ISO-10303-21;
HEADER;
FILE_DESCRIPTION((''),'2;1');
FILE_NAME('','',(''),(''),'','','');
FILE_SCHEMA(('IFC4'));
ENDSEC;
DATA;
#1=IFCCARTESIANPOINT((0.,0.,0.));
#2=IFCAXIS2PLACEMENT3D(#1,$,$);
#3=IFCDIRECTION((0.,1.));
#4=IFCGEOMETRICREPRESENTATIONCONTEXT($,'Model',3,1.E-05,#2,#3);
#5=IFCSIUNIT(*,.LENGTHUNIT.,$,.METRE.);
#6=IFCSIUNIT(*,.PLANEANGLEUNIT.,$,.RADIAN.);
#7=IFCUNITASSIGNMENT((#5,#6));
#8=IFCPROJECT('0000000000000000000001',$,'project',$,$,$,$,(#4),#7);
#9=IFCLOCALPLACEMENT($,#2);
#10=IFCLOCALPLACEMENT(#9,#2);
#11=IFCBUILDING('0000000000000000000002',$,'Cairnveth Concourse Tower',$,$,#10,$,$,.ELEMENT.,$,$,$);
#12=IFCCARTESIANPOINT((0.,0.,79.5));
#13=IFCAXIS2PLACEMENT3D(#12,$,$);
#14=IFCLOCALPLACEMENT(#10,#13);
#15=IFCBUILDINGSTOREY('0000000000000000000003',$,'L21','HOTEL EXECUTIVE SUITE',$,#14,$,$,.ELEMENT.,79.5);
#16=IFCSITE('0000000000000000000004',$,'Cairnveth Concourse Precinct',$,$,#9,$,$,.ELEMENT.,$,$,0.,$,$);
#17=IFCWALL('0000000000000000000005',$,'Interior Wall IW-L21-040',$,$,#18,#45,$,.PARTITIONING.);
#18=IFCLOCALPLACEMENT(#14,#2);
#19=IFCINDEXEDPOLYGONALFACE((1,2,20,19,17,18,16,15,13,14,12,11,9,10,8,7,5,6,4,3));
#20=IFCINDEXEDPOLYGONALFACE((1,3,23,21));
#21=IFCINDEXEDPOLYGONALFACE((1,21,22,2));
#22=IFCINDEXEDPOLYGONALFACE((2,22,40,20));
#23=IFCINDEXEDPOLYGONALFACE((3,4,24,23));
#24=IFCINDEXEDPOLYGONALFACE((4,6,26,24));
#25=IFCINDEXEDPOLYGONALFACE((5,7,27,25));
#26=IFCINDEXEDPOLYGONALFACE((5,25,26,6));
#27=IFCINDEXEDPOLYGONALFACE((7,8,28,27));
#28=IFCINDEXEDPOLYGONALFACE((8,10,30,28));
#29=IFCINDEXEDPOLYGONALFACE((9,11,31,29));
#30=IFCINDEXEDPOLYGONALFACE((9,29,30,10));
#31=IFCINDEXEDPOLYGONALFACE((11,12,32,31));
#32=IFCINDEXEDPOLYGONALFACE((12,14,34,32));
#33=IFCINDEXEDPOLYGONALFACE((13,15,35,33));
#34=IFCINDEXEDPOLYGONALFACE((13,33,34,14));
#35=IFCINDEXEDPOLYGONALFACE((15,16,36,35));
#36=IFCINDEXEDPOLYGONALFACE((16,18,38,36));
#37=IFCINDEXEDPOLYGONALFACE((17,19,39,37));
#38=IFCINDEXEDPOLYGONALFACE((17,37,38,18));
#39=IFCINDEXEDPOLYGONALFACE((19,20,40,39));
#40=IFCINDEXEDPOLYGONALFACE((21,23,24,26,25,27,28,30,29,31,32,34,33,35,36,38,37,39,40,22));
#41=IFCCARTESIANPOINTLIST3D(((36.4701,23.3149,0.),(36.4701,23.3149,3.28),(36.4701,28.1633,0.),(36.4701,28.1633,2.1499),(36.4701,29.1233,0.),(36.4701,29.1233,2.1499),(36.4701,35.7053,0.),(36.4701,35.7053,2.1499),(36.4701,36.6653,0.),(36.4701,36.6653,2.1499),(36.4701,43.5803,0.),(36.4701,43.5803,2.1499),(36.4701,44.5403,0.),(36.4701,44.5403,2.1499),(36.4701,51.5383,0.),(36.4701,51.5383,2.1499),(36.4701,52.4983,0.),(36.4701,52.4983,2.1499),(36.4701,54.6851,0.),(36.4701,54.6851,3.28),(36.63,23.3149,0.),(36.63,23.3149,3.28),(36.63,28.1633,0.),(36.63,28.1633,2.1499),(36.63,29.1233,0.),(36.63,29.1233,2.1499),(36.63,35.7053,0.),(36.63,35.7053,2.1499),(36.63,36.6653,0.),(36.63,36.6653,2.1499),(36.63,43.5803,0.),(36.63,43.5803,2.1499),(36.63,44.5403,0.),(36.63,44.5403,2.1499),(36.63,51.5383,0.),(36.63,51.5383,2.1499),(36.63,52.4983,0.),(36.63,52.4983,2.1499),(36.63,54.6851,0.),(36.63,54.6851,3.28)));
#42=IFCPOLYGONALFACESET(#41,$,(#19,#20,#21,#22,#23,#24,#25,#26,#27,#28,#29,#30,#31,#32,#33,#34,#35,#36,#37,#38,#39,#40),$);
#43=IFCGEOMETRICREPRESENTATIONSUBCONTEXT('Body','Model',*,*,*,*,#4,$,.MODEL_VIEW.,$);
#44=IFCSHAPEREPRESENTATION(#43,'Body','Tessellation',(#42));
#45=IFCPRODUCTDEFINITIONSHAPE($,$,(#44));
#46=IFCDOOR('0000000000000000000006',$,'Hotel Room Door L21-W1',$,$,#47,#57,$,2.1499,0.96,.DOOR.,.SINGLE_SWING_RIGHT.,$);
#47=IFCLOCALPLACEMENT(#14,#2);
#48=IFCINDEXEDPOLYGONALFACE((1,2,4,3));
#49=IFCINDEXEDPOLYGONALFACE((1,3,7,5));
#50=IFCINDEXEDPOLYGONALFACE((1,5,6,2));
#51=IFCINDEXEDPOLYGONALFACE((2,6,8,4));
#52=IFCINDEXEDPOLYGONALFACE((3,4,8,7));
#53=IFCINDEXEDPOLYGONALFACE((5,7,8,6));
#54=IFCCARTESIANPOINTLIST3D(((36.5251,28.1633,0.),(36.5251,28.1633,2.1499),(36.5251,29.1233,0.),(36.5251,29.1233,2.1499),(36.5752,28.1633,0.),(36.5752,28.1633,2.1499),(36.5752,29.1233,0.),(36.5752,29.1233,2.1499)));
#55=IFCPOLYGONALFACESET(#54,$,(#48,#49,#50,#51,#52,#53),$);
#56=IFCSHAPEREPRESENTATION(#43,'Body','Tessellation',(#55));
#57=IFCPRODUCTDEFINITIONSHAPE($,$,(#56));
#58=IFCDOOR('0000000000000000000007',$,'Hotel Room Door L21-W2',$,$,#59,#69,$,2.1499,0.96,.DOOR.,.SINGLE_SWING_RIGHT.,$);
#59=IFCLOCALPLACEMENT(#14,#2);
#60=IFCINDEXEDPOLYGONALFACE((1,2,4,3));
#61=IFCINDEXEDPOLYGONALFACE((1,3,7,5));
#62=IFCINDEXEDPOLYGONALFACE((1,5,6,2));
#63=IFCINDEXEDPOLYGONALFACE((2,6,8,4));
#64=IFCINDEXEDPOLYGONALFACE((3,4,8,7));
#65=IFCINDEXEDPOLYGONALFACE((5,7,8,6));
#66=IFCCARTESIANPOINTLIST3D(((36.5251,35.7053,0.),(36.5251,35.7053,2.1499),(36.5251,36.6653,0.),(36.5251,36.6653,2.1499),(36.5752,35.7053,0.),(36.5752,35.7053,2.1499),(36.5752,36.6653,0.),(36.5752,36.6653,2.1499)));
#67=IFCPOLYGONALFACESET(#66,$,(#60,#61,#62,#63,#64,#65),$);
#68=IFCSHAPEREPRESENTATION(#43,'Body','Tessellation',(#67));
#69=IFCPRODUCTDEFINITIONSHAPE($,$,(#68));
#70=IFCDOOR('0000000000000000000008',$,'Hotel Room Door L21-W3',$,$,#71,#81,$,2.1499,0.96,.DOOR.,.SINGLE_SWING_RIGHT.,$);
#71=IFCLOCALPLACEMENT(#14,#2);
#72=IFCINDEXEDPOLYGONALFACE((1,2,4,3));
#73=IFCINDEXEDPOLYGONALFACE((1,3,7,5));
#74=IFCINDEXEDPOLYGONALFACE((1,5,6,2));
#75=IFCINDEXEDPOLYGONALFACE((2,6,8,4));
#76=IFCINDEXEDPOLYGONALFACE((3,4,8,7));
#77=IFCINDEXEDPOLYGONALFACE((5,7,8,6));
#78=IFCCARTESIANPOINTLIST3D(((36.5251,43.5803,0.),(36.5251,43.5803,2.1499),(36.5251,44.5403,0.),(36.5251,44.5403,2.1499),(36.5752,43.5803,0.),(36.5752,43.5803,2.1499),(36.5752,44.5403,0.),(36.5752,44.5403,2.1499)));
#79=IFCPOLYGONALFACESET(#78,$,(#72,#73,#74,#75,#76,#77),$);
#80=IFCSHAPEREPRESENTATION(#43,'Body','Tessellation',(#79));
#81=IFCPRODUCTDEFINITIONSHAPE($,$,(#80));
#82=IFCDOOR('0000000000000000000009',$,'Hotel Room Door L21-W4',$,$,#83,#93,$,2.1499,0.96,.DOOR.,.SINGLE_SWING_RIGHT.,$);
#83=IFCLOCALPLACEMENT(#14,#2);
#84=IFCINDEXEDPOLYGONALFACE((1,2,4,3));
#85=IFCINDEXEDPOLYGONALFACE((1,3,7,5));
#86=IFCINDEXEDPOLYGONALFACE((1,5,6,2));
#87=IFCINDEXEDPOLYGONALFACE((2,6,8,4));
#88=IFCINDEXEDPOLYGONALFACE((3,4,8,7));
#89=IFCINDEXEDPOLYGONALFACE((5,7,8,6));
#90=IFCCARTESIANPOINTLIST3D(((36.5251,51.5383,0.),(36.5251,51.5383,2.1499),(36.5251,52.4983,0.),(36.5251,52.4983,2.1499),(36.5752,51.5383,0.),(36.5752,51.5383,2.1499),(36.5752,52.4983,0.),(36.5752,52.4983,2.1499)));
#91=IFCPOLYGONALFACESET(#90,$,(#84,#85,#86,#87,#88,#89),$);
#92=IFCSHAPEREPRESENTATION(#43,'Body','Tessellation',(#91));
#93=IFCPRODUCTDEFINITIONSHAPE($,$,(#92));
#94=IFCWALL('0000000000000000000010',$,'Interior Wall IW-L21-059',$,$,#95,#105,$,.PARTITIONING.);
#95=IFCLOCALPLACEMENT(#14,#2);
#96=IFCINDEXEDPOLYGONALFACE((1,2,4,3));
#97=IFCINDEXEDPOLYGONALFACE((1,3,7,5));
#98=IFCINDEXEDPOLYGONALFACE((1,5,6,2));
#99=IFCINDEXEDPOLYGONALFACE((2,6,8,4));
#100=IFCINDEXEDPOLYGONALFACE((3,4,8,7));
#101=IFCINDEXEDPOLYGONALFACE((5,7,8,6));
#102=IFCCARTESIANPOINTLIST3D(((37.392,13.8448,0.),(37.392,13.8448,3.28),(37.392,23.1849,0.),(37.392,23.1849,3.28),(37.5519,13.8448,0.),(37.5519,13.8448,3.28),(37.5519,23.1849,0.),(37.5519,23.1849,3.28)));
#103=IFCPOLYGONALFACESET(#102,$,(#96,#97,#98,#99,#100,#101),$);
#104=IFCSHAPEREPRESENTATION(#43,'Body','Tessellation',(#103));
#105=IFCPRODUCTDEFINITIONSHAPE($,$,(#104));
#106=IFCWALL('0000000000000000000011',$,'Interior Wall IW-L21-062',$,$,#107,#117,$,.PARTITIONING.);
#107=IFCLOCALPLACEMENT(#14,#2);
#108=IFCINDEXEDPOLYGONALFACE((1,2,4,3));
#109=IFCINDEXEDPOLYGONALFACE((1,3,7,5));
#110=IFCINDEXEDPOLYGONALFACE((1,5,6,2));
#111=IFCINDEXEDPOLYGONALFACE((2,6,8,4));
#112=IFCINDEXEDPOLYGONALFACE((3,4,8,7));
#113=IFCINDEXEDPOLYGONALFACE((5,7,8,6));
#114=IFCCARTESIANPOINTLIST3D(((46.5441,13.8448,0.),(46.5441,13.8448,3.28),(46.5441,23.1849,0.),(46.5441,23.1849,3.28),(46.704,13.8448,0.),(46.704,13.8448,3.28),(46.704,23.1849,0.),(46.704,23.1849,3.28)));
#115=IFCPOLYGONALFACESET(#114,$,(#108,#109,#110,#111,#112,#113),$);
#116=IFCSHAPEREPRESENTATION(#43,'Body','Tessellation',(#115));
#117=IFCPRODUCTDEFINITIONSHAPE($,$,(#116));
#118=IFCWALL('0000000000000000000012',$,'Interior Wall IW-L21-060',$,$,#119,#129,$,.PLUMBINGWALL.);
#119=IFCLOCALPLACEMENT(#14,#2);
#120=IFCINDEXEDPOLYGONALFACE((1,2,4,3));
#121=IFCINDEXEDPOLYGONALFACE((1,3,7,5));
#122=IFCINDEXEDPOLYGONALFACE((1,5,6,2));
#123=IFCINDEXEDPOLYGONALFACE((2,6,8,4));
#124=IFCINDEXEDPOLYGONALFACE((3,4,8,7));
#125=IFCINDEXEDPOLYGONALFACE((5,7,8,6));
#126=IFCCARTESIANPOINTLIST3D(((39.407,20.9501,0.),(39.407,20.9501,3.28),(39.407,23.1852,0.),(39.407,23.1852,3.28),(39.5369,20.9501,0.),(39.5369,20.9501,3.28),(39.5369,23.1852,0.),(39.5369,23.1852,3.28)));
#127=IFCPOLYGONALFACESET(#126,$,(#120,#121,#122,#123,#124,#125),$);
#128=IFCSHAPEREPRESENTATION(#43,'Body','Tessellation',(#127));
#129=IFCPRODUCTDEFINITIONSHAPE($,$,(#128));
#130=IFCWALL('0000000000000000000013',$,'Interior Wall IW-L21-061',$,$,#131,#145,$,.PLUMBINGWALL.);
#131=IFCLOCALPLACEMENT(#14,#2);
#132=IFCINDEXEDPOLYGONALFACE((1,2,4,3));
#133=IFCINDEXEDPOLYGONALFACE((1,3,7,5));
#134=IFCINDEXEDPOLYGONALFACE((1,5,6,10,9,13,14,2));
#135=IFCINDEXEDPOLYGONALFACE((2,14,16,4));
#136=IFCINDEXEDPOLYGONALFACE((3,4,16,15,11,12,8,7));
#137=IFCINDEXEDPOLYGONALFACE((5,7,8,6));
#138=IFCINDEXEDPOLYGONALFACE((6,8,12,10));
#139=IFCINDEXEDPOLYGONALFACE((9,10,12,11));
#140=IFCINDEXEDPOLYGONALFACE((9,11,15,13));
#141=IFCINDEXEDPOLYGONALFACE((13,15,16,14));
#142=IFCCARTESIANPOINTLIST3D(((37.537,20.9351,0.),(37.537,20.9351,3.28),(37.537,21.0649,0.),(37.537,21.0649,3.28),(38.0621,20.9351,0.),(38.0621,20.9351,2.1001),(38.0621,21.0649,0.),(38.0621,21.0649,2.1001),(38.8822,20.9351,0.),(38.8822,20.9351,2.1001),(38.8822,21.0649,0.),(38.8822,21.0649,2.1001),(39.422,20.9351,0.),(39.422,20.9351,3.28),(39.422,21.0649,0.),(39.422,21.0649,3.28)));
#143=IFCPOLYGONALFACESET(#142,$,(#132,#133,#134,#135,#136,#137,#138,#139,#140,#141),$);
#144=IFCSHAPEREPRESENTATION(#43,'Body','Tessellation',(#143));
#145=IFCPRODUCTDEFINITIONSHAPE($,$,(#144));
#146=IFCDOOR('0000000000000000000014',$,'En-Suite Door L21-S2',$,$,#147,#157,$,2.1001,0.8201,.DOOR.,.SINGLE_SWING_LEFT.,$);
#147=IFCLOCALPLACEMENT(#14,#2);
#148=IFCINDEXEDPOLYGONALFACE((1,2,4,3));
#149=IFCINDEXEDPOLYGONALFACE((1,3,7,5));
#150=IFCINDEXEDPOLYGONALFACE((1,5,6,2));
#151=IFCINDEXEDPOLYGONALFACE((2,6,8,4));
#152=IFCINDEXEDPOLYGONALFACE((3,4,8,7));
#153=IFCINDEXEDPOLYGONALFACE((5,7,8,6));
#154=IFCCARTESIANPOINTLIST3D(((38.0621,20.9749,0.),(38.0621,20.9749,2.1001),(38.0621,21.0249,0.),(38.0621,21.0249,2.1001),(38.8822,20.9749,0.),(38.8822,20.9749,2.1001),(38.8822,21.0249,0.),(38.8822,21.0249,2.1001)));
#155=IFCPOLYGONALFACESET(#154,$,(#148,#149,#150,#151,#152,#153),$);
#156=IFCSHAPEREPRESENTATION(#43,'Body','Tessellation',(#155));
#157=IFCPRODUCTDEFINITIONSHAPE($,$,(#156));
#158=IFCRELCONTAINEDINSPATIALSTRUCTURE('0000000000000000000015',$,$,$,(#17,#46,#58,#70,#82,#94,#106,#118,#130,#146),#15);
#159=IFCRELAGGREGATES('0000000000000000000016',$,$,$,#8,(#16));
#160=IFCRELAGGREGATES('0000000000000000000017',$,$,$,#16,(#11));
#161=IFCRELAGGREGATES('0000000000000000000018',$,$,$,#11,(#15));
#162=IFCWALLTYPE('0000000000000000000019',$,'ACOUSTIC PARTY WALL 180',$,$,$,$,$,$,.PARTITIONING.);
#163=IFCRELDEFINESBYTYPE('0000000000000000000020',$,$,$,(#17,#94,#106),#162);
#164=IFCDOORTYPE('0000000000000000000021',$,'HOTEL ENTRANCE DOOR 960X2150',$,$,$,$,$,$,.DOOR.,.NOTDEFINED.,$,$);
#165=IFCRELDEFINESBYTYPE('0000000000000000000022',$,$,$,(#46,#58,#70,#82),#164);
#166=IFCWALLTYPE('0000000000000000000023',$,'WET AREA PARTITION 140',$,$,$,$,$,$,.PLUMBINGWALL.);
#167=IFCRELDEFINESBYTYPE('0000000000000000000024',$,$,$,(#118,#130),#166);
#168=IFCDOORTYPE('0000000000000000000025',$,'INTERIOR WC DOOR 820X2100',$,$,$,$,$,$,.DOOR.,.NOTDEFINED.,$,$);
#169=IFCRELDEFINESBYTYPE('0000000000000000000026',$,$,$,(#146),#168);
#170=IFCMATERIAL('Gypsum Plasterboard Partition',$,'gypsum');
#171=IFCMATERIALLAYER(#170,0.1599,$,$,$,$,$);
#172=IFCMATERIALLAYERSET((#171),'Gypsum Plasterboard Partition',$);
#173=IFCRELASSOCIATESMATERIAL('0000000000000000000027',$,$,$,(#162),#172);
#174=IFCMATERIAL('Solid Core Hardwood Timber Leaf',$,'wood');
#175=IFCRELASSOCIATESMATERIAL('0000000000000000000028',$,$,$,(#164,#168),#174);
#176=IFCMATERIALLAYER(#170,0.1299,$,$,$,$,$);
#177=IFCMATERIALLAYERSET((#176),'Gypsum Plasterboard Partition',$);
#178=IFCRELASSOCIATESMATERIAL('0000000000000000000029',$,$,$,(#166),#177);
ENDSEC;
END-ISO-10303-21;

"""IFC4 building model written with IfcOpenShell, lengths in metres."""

from ifc_helpers import new_model, si_unit, direction, frame, frame_2d, origin, place, context, subcontext, project, spatial, rectangle, extrude, material, layer, layer_set, type_object, element, fill, save


model = new_model("IFC4")

# Units and contexts
model_context = context("Model", 3, precision=1e-05, world=origin(), true_north=direction((0.0, 1.0)))
body_context = subcontext(model_context, "Body", "Model", "MODEL_VIEW")
ifc_project = project(units=[si_unit("LENGTHUNIT", "METRE"), si_unit("PLANEANGLEUNIT", "RADIAN")], contexts=[model_context])

# Site, building, storey
site_placement = place(None, origin())
site = spatial("IfcSite", under=ifc_project, at=site_placement, Name="Cairnveth Concourse Precinct", CompositionType="ELEMENT", RefElevation=0.0)
building_placement = place(site_placement, origin())
building = spatial("IfcBuilding", under=site, at=building_placement, Name="Cairnveth Concourse Tower", CompositionType="ELEMENT")
storey_placement = place(building_placement, frame((0.0, 0.0, 79.5)))
storey = spatial("IfcBuildingStorey", under=building, at=storey_placement, Name="L21", Description="HOTEL EXECUTIVE SUITE", CompositionType="ELEMENT", Elevation=79.5)

# Wall, openings, doors
ifc_material_1 = material(Name="Gypsum Plasterboard Partition", Category="gypsum")
ifc_layer_1 = layer(ifc_material_1, 0.1599)
ifc_layer_set_1 = layer_set([ifc_layer_1], Name="Gypsum Plasterboard Partition")
wall_type_1 = type_object("IfcWallType", Name="ACOUSTIC PARTY WALL 180", PredefinedType="PARTITIONING", material=ifc_layer_set_1)
ifc_material_2 = material(Name="Solid Core Hardwood Timber Leaf", Category="wood")
door_type_1 = type_object("IfcDoorType", Name="HOTEL ENTRANCE DOOR 960X2150", OperationType="NOTDEFINED", PredefinedType="DOOR", material=ifc_material_2)
wall_1_placement = place(storey_placement, frame((36.55, 23.3149, 0.0), z_axis=(0.0, 0.0, 1.0), x_axis=(0.0, 1.0, 0.0)))
wall_1 = element("IfcWall", 1, at=wall_1_placement, inside=storey, type_object=wall_type_1, Name="Interior Wall IW-L21-040", PredefinedType="PARTITIONING", context=body_context, shape_type="SweptSolid", body=[
    extrude(rectangle(XDim=31.3701, YDim=0.1599, at=frame_2d((15.6851, 0.0))), origin(), (0.0, 0.0, 1.0), 3.28),
])
opening_1_placement = place(wall_1_placement, frame((4.8484, 0.0, 0.0)))
opening_1 = element("IfcOpeningElement", 2, at=opening_1_placement, cuts=wall_1, PredefinedType="OPENING", context=body_context, shape_type="SweptSolid", body=[
    extrude(rectangle(XDim=0.96, YDim=2.1499, at=frame_2d((0.48, 1.075))), frame((0.0, 0.0898, 0.0), z_axis=(0.0, -1.0, 0.0), x_axis=(1.0, 0.0, 0.0)), (0.0, 0.0, 1.0), 0.1799),
])
opening_2_placement = place(wall_1_placement, frame((12.3904, 0.0, 0.0)))
opening_2 = element("IfcOpeningElement", 3, at=opening_2_placement, cuts=wall_1, PredefinedType="OPENING", context=body_context, shape_type="SweptSolid", body=[
    extrude(rectangle(XDim=0.96, YDim=2.1499, at=frame_2d((0.48, 1.075))), frame((0.0, 0.0898, 0.0), z_axis=(0.0, -1.0, 0.0), x_axis=(1.0, 0.0, 0.0)), (0.0, 0.0, 1.0), 0.1799),
])
opening_3_placement = place(wall_1_placement, frame((20.2654, 0.0, 0.0)))
opening_3 = element("IfcOpeningElement", 4, at=opening_3_placement, cuts=wall_1, PredefinedType="OPENING", context=body_context, shape_type="SweptSolid", body=[
    extrude(rectangle(XDim=0.96, YDim=2.1499, at=frame_2d((0.48, 1.075))), frame((0.0, 0.0898, 0.0), z_axis=(0.0, -1.0, 0.0), x_axis=(1.0, 0.0, 0.0)), (0.0, 0.0, 1.0), 0.1799),
])
opening_4_placement = place(wall_1_placement, frame((28.2234, 0.0, 0.0)))
opening_4 = element("IfcOpeningElement", 5, at=opening_4_placement, cuts=wall_1, PredefinedType="OPENING", context=body_context, shape_type="SweptSolid", body=[
    extrude(rectangle(XDim=0.96, YDim=2.1499, at=frame_2d((0.48, 1.075))), frame((0.0, 0.0898, 0.0), z_axis=(0.0, -1.0, 0.0), x_axis=(1.0, 0.0, 0.0)), (0.0, 0.0, 1.0), 0.1799),
])
door_1_placement = place(opening_1_placement, origin())
door_1 = element("IfcDoor", 6, at=door_1_placement, inside=storey, type_object=door_type_1, Name="Hotel Room Door L21-W1", OperationType="SINGLE_SWING_RIGHT", OverallHeight=2.1499, OverallWidth=0.96, PredefinedType="DOOR", context=body_context, shape_type="SweptSolid", body=[
    extrude(rectangle(XDim=0.96, YDim=2.1499, at=frame_2d((0.48, 1.075))), frame((0.0, 0.0249, 0.0), z_axis=(0.0, -1.0, 0.0), x_axis=(1.0, 0.0, 0.0)), (0.0, 0.0, 1.0), 0.05),
])
fill(opening_1, door_1)
door_2_placement = place(opening_2_placement, origin())
door_2 = element("IfcDoor", 7, at=door_2_placement, inside=storey, type_object=door_type_1, Name="Hotel Room Door L21-W2", OperationType="SINGLE_SWING_RIGHT", OverallHeight=2.1499, OverallWidth=0.96, PredefinedType="DOOR", context=body_context, shape_type="SweptSolid", body=[
    extrude(rectangle(XDim=0.96, YDim=2.1499, at=frame_2d((0.48, 1.075))), frame((0.0, 0.0249, 0.0), z_axis=(0.0, -1.0, 0.0), x_axis=(1.0, 0.0, 0.0)), (0.0, 0.0, 1.0), 0.05),
])
fill(opening_2, door_2)
door_3_placement = place(opening_3_placement, origin())
door_3 = element("IfcDoor", 8, at=door_3_placement, inside=storey, type_object=door_type_1, Name="Hotel Room Door L21-W3", OperationType="SINGLE_SWING_RIGHT", OverallHeight=2.1499, OverallWidth=0.96, PredefinedType="DOOR", context=body_context, shape_type="SweptSolid", body=[
    extrude(rectangle(XDim=0.96, YDim=2.1499, at=frame_2d((0.48, 1.075))), frame((0.0, 0.0249, 0.0), z_axis=(0.0, -1.0, 0.0), x_axis=(1.0, 0.0, 0.0)), (0.0, 0.0, 1.0), 0.05),
])
fill(opening_3, door_3)
door_4_placement = place(opening_4_placement, origin())
door_4 = element("IfcDoor", 9, at=door_4_placement, inside=storey, type_object=door_type_1, Name="Hotel Room Door L21-W4", OperationType="SINGLE_SWING_RIGHT", OverallHeight=2.1499, OverallWidth=0.96, PredefinedType="DOOR", context=body_context, shape_type="SweptSolid", body=[
    extrude(rectangle(XDim=0.96, YDim=2.1499, at=frame_2d((0.48, 1.075))), frame((0.0, 0.0249, 0.0), z_axis=(0.0, -1.0, 0.0), x_axis=(1.0, 0.0, 0.0)), (0.0, 0.0, 1.0), 0.05),
])
fill(opening_4, door_4)

# Walls
for number, where, z_axis, x_axis, name in (
    (10, (37.4719, 13.845, 0.0), (0.0, 0.0, 1.0), (0.0, 1.0, 0.0), "Interior Wall IW-L21-059"),
    (11, (46.624, 13.845, 0.0), (0.0, 0.0, 1.0), (0.0, 1.0, 0.0), "Interior Wall IW-L21-062"),
):
    element("IfcWall", number, at=place(storey_placement, frame(where, z_axis=z_axis, x_axis=x_axis)), inside=storey, type_object=wall_type_1, Name=name, PredefinedType="PARTITIONING", context=body_context, shape_type="SweptSolid", body=[
        extrude(rectangle(XDim=9.3401, YDim=0.1599, at=frame_2d((4.6699, 0.0))), origin(), (0.0, 0.0, 1.0), 3.28),
    ])
ifc_layer_2 = layer(ifc_material_1, 0.1299)
ifc_layer_set_2 = layer_set([ifc_layer_2], Name="Gypsum Plasterboard Partition")
wall_type_2 = type_object("IfcWallType", Name="WET AREA PARTITION 140", PredefinedType="PLUMBINGWALL", material=ifc_layer_set_2)
wall_2_placement = place(storey_placement, frame((39.4719, 20.95, 0.0), z_axis=(0.0, 0.0, 1.0), x_axis=(0.0, 1.0, 0.0)))
element("IfcWall", 12, at=wall_2_placement, inside=storey, type_object=wall_type_2, Name="Interior Wall IW-L21-060", PredefinedType="PLUMBINGWALL", context=body_context, shape_type="SweptSolid", body=[
    extrude(rectangle(XDim=2.2351, YDim=0.1299, at=frame_2d((1.1177, 0.0))), origin(), (0.0, 0.0, 1.0), 3.28),
])

# Wall, opening, door
wall_3_placement = place(storey_placement, frame((37.5371, 21.0, 0.0), z_axis=(0.0, 0.0, 1.0), x_axis=(1.0, 0.0, 0.0)))
wall_3 = element("IfcWall", 13, at=wall_3_placement, inside=storey, type_object=wall_type_2, Name="Interior Wall IW-L21-061", PredefinedType="PLUMBINGWALL", context=body_context, shape_type="SweptSolid", body=[
    extrude(rectangle(XDim=1.885, YDim=0.1299, at=frame_2d((0.9424, 0.0))), origin(), (0.0, 0.0, 1.0), 3.28),
])
opening_5_placement = place(wall_3_placement, frame((0.5249, 0.0, 0.0)))
opening_5 = element("IfcOpeningElement", 14, at=opening_5_placement, cuts=wall_3, PredefinedType="OPENING", context=body_context, shape_type="SweptSolid", body=[
    extrude(rectangle(XDim=0.8201, YDim=2.1001, at=frame_2d((0.4102, 1.05))), frame((0.0, 0.075, 0.0), z_axis=(0.0, -1.0, 0.0), x_axis=(1.0, 0.0, 0.0)), (0.0, 0.0, 1.0), 0.1499),
])
door_type_2 = type_object("IfcDoorType", Name="INTERIOR WC DOOR 820X2100", OperationType="NOTDEFINED", PredefinedType="DOOR", material=ifc_material_2)
door_5_placement = place(opening_5_placement, origin())
door_5 = element("IfcDoor", 15, at=door_5_placement, inside=storey, type_object=door_type_2, Name="En-Suite Door L21-S2", OperationType="SINGLE_SWING_LEFT", OverallHeight=2.1001, OverallWidth=0.8201, PredefinedType="DOOR", context=body_context, shape_type="SweptSolid", body=[
    extrude(rectangle(XDim=0.8201, YDim=2.1001, at=frame_2d((0.4102, 1.05))), frame((0.0, 0.0249, 0.0), z_axis=(0.0, -1.0, 0.0), x_axis=(1.0, 0.0, 0.0)), (0.0, 0.0, 1.0), 0.05),
])
fill(opening_5, door_5)

save(model, "model.ifc")
